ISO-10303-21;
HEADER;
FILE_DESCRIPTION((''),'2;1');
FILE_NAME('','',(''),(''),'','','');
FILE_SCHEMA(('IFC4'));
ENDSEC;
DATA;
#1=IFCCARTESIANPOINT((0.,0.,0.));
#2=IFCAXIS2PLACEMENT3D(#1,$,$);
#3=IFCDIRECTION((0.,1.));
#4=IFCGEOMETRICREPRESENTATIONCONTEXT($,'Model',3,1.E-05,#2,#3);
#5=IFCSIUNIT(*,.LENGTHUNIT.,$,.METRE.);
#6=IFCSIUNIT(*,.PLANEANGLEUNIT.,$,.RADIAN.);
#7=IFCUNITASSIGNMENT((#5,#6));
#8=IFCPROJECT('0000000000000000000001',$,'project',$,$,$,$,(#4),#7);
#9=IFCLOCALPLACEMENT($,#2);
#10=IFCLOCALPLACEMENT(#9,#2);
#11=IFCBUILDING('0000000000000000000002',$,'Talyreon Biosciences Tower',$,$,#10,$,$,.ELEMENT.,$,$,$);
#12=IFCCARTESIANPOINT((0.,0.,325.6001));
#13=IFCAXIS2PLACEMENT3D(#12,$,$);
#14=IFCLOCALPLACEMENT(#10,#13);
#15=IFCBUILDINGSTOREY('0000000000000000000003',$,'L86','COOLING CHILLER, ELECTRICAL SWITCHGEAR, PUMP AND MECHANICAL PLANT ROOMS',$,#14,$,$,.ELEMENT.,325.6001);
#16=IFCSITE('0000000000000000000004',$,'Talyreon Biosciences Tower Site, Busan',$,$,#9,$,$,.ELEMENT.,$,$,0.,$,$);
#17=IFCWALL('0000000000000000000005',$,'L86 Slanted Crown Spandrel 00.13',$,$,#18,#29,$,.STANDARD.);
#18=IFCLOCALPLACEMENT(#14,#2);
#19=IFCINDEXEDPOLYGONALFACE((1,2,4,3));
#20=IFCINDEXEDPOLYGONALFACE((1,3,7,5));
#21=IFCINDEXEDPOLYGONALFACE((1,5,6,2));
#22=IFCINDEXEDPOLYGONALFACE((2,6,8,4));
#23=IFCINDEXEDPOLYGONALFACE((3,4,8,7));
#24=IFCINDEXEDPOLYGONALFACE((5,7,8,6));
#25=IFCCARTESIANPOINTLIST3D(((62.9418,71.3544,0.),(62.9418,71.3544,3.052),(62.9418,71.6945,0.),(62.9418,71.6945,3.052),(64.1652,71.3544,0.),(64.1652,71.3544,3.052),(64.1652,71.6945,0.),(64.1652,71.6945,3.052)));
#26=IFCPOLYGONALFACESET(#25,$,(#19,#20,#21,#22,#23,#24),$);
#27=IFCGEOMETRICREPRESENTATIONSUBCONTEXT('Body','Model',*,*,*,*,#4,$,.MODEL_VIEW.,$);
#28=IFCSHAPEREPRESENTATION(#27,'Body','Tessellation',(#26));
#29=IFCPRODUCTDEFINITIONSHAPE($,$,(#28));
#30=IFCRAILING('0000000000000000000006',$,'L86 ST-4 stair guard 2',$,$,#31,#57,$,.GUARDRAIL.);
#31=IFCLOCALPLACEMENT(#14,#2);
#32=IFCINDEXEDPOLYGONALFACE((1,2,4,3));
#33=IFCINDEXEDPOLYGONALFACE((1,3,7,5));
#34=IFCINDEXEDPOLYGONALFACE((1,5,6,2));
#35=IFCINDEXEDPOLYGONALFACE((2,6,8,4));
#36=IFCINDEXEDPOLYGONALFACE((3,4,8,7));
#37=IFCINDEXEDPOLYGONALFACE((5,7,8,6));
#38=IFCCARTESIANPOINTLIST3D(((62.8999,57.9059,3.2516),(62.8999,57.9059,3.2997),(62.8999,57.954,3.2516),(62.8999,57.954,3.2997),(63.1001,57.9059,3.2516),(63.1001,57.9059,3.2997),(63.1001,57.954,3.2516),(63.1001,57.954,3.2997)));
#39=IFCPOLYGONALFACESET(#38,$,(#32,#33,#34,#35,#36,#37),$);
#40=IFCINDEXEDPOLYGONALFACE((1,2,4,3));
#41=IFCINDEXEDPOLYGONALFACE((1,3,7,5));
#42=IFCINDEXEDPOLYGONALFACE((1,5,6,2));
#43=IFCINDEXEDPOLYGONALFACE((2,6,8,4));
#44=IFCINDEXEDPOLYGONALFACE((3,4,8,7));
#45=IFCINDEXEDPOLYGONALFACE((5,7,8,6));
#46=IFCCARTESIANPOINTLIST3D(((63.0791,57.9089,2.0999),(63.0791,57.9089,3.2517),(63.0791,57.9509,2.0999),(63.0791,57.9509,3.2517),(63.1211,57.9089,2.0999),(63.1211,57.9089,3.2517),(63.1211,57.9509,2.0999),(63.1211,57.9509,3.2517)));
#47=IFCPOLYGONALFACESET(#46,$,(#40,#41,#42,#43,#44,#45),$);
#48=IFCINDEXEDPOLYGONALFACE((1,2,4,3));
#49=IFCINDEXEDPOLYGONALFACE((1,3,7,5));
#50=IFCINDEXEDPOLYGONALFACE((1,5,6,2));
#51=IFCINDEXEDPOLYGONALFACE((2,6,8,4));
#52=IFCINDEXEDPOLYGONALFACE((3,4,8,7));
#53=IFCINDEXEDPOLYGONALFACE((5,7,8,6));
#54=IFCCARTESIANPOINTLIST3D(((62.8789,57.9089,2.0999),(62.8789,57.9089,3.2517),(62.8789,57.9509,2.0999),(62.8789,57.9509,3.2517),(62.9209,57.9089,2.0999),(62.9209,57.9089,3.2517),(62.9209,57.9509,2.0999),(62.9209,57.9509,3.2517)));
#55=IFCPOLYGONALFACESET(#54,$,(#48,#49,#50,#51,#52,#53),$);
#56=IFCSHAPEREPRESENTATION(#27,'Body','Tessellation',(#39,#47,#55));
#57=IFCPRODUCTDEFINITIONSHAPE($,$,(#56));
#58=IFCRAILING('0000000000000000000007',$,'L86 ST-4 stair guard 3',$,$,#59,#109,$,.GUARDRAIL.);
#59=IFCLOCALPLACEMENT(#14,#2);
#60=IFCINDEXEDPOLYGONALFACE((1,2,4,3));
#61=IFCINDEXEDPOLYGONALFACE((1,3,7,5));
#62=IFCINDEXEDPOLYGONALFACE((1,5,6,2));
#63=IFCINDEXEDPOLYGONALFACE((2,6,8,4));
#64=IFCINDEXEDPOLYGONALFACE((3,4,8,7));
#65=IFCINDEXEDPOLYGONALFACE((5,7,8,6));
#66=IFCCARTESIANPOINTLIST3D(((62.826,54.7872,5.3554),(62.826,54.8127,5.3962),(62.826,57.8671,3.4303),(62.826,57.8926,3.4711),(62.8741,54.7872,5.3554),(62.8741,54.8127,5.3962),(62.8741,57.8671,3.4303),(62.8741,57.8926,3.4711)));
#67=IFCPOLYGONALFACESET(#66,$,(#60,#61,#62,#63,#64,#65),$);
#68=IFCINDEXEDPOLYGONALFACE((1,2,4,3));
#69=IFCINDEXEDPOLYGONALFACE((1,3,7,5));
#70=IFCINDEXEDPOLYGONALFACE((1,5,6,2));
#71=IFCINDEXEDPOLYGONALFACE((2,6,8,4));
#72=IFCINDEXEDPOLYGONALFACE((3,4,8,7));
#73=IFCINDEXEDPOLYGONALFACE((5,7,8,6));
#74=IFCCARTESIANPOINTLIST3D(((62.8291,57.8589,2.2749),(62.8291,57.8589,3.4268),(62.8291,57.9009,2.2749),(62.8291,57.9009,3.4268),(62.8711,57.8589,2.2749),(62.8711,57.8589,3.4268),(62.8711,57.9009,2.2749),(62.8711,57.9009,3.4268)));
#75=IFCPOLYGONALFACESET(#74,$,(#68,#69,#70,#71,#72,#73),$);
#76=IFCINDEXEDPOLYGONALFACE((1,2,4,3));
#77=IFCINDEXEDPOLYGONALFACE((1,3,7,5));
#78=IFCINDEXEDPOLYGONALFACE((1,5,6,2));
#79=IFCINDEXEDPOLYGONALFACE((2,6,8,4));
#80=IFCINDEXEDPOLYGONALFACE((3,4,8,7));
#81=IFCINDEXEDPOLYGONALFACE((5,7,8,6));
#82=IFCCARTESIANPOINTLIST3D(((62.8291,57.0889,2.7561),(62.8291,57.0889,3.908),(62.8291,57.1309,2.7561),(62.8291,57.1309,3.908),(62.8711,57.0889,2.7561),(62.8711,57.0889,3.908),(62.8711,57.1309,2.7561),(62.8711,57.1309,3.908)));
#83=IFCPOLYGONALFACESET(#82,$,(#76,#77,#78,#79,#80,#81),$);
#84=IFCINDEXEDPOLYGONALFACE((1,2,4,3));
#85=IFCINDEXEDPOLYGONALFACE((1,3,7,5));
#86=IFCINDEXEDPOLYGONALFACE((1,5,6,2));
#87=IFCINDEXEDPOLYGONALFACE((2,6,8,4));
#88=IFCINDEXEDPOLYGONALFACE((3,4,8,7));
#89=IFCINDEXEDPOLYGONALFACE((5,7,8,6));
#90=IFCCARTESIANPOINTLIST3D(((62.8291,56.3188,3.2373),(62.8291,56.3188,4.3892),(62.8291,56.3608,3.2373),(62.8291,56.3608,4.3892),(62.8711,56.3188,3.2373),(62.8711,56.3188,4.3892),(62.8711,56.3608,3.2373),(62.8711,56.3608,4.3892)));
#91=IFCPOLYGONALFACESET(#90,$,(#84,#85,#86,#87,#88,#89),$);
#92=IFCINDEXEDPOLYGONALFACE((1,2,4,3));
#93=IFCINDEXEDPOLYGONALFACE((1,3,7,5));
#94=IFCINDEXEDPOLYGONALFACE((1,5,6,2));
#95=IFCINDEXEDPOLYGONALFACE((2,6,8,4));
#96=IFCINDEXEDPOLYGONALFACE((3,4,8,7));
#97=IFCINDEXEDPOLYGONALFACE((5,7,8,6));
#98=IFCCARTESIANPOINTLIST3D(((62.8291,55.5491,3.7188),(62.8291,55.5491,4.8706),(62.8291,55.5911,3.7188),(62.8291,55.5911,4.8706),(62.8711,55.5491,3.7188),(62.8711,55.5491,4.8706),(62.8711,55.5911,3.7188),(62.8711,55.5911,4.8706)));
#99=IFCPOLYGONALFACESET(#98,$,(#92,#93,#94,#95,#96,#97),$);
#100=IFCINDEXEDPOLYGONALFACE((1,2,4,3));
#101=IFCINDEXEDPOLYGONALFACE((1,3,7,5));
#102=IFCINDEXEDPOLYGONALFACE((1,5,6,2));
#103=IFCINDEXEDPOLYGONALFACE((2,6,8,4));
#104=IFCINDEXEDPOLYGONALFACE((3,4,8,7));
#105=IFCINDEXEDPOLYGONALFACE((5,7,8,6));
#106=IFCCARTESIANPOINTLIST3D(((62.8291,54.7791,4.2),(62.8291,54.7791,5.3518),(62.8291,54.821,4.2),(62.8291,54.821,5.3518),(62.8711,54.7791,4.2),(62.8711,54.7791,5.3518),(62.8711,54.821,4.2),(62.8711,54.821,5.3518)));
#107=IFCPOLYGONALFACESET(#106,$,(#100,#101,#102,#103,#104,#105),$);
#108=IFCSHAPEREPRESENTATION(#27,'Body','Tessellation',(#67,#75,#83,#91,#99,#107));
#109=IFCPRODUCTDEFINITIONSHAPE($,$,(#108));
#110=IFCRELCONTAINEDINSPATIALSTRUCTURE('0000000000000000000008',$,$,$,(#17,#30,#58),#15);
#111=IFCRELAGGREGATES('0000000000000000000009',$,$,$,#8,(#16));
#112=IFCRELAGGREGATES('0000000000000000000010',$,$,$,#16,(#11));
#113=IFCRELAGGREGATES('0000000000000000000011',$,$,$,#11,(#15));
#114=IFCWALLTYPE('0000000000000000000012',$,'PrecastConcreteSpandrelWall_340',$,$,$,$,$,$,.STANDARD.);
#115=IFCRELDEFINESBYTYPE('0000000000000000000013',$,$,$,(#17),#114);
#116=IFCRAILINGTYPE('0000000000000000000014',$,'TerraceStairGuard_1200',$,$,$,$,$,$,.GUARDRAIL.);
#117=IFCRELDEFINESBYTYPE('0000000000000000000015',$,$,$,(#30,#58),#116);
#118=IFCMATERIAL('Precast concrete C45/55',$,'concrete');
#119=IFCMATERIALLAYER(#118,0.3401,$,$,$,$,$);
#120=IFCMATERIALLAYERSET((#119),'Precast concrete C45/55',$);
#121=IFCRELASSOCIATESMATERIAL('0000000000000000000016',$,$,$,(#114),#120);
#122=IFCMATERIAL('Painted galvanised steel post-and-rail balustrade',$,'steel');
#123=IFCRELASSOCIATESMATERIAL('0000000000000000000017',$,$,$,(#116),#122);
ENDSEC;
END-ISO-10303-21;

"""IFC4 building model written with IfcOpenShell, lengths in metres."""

from ifc_helpers import new_model, si_unit, direction, frame, frame_2d, origin, origin_2d, place, context, subcontext, project, spatial, rectangle, extrude, material, layer, layer_set, type_object, element, save


model = new_model("IFC4")

# Units and contexts
model_context = context("Model", 3, precision=1e-05, world=origin(), true_north=direction((0.0, 1.0)))
body_context = subcontext(model_context, "Body", "Model", "MODEL_VIEW")
ifc_project = project(units=[si_unit("LENGTHUNIT", "METRE"), si_unit("PLANEANGLEUNIT", "RADIAN")], contexts=[model_context])

# Site, building, storey
site_placement = place(None, origin())
site = spatial("IfcSite", under=ifc_project, at=site_placement, Name="Talyreon Biosciences Tower Site, Busan", CompositionType="ELEMENT", RefElevation=0.0)
building_placement = place(site_placement, origin())
building = spatial("IfcBuilding", under=site, at=building_placement, Name="Talyreon Biosciences Tower", CompositionType="ELEMENT")
storey_placement = place(building_placement, frame((0.0, 0.0, 325.6001)))
storey = spatial("IfcBuildingStorey", under=building, at=storey_placement, Name="L86", Description="COOLING CHILLER, ELECTRICAL SWITCHGEAR, PUMP AND MECHANICAL PLANT ROOMS", CompositionType="ELEMENT", Elevation=325.6001)

# Wall
ifc_material_1 = material(Name="Precast concrete C45/55", Category="concrete")
ifc_layer_1 = layer(ifc_material_1, 0.3401)
ifc_layer_set_1 = layer_set([ifc_layer_1], Name="Precast concrete C45/55")
wall_type_1 = type_object("IfcWallType", Name="PrecastConcreteSpandrelWall_340", PredefinedType="STANDARD", material=ifc_layer_set_1)
for number, where, z_axis, x_axis, name in (
    (1, (62.9417, 71.5244, 0.0), (0.0, 0.0, 1.0), (1.0, 0.0, 0.0), "L86 Slanted Crown Spandrel 00.13"),
):
    element("IfcWall", number, at=place(storey_placement, frame(where, z_axis=z_axis, x_axis=x_axis)), inside=storey, type_object=wall_type_1, Name=name, PredefinedType="STANDARD", context=body_context, shape_type="SweptSolid", body=[
        extrude(rectangle(XDim=1.2234, YDim=0.3401, at=frame_2d((0.6118, 0.0))), origin(), (0.0, 0.0, 1.0), 3.052),
    ])

# Railings
ifc_material_2 = material(Name="Painted galvanised steel post-and-rail balustrade", Category="steel")
railing_type = type_object("IfcRailingType", Name="TerraceStairGuard_1200", PredefinedType="GUARDRAIL", material=ifc_material_2)
railing_1_placement = place(storey_placement, frame((63.1001, 57.9299, 2.0999)))
element("IfcRailing", 2, at=railing_1_placement, inside=storey, type_object=railing_type, Name="L86 ST-4 stair guard 2", PredefinedType="GUARDRAIL", context=body_context, shape_type="SweptSolid", body=[
    extrude(rectangle(XDim=0.0481, YDim=0.0481, at=origin_2d()), frame((0.0, 0.0, 1.1758), z_axis=(-1.0, 0.0, 0.0), x_axis=(0.0, -1.0, 0.0)), (0.0, 0.0, 1.0), 0.2002),
    extrude(rectangle(XDim=0.042, YDim=0.042, at=origin_2d()), origin(), (0.0, 0.0, 1.0), 1.1519),
    extrude(rectangle(XDim=0.042, YDim=0.042, at=origin_2d()), frame((-0.2002, 0.0, 0.0)), (0.0, 0.0, 1.0), 1.1519),
])
railing_2_placement = place(storey_placement, frame((62.8501, 57.8799, 2.2749)))
element("IfcRailing", 3, at=railing_2_placement, inside=storey, type_object=railing_type, Name="L86 ST-4 stair guard 3", PredefinedType="GUARDRAIL", context=body_context, shape_type="SweptSolid", body=[
    extrude(rectangle(XDim=0.0481, YDim=0.0481, at=origin_2d()), frame((0.0, 0.0, 1.1758), z_axis=(0.0, -0.847979, 0.530029), x_axis=(1.0, 0.0, 0.0)), (0.0, 0.0, 1.0), 3.6321),
    extrude(rectangle(XDim=0.042, YDim=0.042, at=origin_2d()), origin(), (0.0, 0.0, 1.0), 1.1519),
    extrude(rectangle(XDim=0.042, YDim=0.042, at=origin_2d()), frame((0.0, -0.77, 0.4812)), (0.0, 0.0, 1.0), 1.1519),
    extrude(rectangle(XDim=0.042, YDim=0.042, at=origin_2d()), frame((0.0, -1.54, 0.9624)), (0.0, 0.0, 1.0), 1.1519),
    extrude(rectangle(XDim=0.042, YDim=0.042, at=origin_2d()), frame((0.0, -2.3098, 1.4438)), (0.0, 0.0, 1.0), 1.1519),
    extrude(rectangle(XDim=0.042, YDim=0.042, at=origin_2d()), frame((0.0, -3.0798, 1.925)), (0.0, 0.0, 1.0), 1.1519),
])

save(model, "model.ifc")
